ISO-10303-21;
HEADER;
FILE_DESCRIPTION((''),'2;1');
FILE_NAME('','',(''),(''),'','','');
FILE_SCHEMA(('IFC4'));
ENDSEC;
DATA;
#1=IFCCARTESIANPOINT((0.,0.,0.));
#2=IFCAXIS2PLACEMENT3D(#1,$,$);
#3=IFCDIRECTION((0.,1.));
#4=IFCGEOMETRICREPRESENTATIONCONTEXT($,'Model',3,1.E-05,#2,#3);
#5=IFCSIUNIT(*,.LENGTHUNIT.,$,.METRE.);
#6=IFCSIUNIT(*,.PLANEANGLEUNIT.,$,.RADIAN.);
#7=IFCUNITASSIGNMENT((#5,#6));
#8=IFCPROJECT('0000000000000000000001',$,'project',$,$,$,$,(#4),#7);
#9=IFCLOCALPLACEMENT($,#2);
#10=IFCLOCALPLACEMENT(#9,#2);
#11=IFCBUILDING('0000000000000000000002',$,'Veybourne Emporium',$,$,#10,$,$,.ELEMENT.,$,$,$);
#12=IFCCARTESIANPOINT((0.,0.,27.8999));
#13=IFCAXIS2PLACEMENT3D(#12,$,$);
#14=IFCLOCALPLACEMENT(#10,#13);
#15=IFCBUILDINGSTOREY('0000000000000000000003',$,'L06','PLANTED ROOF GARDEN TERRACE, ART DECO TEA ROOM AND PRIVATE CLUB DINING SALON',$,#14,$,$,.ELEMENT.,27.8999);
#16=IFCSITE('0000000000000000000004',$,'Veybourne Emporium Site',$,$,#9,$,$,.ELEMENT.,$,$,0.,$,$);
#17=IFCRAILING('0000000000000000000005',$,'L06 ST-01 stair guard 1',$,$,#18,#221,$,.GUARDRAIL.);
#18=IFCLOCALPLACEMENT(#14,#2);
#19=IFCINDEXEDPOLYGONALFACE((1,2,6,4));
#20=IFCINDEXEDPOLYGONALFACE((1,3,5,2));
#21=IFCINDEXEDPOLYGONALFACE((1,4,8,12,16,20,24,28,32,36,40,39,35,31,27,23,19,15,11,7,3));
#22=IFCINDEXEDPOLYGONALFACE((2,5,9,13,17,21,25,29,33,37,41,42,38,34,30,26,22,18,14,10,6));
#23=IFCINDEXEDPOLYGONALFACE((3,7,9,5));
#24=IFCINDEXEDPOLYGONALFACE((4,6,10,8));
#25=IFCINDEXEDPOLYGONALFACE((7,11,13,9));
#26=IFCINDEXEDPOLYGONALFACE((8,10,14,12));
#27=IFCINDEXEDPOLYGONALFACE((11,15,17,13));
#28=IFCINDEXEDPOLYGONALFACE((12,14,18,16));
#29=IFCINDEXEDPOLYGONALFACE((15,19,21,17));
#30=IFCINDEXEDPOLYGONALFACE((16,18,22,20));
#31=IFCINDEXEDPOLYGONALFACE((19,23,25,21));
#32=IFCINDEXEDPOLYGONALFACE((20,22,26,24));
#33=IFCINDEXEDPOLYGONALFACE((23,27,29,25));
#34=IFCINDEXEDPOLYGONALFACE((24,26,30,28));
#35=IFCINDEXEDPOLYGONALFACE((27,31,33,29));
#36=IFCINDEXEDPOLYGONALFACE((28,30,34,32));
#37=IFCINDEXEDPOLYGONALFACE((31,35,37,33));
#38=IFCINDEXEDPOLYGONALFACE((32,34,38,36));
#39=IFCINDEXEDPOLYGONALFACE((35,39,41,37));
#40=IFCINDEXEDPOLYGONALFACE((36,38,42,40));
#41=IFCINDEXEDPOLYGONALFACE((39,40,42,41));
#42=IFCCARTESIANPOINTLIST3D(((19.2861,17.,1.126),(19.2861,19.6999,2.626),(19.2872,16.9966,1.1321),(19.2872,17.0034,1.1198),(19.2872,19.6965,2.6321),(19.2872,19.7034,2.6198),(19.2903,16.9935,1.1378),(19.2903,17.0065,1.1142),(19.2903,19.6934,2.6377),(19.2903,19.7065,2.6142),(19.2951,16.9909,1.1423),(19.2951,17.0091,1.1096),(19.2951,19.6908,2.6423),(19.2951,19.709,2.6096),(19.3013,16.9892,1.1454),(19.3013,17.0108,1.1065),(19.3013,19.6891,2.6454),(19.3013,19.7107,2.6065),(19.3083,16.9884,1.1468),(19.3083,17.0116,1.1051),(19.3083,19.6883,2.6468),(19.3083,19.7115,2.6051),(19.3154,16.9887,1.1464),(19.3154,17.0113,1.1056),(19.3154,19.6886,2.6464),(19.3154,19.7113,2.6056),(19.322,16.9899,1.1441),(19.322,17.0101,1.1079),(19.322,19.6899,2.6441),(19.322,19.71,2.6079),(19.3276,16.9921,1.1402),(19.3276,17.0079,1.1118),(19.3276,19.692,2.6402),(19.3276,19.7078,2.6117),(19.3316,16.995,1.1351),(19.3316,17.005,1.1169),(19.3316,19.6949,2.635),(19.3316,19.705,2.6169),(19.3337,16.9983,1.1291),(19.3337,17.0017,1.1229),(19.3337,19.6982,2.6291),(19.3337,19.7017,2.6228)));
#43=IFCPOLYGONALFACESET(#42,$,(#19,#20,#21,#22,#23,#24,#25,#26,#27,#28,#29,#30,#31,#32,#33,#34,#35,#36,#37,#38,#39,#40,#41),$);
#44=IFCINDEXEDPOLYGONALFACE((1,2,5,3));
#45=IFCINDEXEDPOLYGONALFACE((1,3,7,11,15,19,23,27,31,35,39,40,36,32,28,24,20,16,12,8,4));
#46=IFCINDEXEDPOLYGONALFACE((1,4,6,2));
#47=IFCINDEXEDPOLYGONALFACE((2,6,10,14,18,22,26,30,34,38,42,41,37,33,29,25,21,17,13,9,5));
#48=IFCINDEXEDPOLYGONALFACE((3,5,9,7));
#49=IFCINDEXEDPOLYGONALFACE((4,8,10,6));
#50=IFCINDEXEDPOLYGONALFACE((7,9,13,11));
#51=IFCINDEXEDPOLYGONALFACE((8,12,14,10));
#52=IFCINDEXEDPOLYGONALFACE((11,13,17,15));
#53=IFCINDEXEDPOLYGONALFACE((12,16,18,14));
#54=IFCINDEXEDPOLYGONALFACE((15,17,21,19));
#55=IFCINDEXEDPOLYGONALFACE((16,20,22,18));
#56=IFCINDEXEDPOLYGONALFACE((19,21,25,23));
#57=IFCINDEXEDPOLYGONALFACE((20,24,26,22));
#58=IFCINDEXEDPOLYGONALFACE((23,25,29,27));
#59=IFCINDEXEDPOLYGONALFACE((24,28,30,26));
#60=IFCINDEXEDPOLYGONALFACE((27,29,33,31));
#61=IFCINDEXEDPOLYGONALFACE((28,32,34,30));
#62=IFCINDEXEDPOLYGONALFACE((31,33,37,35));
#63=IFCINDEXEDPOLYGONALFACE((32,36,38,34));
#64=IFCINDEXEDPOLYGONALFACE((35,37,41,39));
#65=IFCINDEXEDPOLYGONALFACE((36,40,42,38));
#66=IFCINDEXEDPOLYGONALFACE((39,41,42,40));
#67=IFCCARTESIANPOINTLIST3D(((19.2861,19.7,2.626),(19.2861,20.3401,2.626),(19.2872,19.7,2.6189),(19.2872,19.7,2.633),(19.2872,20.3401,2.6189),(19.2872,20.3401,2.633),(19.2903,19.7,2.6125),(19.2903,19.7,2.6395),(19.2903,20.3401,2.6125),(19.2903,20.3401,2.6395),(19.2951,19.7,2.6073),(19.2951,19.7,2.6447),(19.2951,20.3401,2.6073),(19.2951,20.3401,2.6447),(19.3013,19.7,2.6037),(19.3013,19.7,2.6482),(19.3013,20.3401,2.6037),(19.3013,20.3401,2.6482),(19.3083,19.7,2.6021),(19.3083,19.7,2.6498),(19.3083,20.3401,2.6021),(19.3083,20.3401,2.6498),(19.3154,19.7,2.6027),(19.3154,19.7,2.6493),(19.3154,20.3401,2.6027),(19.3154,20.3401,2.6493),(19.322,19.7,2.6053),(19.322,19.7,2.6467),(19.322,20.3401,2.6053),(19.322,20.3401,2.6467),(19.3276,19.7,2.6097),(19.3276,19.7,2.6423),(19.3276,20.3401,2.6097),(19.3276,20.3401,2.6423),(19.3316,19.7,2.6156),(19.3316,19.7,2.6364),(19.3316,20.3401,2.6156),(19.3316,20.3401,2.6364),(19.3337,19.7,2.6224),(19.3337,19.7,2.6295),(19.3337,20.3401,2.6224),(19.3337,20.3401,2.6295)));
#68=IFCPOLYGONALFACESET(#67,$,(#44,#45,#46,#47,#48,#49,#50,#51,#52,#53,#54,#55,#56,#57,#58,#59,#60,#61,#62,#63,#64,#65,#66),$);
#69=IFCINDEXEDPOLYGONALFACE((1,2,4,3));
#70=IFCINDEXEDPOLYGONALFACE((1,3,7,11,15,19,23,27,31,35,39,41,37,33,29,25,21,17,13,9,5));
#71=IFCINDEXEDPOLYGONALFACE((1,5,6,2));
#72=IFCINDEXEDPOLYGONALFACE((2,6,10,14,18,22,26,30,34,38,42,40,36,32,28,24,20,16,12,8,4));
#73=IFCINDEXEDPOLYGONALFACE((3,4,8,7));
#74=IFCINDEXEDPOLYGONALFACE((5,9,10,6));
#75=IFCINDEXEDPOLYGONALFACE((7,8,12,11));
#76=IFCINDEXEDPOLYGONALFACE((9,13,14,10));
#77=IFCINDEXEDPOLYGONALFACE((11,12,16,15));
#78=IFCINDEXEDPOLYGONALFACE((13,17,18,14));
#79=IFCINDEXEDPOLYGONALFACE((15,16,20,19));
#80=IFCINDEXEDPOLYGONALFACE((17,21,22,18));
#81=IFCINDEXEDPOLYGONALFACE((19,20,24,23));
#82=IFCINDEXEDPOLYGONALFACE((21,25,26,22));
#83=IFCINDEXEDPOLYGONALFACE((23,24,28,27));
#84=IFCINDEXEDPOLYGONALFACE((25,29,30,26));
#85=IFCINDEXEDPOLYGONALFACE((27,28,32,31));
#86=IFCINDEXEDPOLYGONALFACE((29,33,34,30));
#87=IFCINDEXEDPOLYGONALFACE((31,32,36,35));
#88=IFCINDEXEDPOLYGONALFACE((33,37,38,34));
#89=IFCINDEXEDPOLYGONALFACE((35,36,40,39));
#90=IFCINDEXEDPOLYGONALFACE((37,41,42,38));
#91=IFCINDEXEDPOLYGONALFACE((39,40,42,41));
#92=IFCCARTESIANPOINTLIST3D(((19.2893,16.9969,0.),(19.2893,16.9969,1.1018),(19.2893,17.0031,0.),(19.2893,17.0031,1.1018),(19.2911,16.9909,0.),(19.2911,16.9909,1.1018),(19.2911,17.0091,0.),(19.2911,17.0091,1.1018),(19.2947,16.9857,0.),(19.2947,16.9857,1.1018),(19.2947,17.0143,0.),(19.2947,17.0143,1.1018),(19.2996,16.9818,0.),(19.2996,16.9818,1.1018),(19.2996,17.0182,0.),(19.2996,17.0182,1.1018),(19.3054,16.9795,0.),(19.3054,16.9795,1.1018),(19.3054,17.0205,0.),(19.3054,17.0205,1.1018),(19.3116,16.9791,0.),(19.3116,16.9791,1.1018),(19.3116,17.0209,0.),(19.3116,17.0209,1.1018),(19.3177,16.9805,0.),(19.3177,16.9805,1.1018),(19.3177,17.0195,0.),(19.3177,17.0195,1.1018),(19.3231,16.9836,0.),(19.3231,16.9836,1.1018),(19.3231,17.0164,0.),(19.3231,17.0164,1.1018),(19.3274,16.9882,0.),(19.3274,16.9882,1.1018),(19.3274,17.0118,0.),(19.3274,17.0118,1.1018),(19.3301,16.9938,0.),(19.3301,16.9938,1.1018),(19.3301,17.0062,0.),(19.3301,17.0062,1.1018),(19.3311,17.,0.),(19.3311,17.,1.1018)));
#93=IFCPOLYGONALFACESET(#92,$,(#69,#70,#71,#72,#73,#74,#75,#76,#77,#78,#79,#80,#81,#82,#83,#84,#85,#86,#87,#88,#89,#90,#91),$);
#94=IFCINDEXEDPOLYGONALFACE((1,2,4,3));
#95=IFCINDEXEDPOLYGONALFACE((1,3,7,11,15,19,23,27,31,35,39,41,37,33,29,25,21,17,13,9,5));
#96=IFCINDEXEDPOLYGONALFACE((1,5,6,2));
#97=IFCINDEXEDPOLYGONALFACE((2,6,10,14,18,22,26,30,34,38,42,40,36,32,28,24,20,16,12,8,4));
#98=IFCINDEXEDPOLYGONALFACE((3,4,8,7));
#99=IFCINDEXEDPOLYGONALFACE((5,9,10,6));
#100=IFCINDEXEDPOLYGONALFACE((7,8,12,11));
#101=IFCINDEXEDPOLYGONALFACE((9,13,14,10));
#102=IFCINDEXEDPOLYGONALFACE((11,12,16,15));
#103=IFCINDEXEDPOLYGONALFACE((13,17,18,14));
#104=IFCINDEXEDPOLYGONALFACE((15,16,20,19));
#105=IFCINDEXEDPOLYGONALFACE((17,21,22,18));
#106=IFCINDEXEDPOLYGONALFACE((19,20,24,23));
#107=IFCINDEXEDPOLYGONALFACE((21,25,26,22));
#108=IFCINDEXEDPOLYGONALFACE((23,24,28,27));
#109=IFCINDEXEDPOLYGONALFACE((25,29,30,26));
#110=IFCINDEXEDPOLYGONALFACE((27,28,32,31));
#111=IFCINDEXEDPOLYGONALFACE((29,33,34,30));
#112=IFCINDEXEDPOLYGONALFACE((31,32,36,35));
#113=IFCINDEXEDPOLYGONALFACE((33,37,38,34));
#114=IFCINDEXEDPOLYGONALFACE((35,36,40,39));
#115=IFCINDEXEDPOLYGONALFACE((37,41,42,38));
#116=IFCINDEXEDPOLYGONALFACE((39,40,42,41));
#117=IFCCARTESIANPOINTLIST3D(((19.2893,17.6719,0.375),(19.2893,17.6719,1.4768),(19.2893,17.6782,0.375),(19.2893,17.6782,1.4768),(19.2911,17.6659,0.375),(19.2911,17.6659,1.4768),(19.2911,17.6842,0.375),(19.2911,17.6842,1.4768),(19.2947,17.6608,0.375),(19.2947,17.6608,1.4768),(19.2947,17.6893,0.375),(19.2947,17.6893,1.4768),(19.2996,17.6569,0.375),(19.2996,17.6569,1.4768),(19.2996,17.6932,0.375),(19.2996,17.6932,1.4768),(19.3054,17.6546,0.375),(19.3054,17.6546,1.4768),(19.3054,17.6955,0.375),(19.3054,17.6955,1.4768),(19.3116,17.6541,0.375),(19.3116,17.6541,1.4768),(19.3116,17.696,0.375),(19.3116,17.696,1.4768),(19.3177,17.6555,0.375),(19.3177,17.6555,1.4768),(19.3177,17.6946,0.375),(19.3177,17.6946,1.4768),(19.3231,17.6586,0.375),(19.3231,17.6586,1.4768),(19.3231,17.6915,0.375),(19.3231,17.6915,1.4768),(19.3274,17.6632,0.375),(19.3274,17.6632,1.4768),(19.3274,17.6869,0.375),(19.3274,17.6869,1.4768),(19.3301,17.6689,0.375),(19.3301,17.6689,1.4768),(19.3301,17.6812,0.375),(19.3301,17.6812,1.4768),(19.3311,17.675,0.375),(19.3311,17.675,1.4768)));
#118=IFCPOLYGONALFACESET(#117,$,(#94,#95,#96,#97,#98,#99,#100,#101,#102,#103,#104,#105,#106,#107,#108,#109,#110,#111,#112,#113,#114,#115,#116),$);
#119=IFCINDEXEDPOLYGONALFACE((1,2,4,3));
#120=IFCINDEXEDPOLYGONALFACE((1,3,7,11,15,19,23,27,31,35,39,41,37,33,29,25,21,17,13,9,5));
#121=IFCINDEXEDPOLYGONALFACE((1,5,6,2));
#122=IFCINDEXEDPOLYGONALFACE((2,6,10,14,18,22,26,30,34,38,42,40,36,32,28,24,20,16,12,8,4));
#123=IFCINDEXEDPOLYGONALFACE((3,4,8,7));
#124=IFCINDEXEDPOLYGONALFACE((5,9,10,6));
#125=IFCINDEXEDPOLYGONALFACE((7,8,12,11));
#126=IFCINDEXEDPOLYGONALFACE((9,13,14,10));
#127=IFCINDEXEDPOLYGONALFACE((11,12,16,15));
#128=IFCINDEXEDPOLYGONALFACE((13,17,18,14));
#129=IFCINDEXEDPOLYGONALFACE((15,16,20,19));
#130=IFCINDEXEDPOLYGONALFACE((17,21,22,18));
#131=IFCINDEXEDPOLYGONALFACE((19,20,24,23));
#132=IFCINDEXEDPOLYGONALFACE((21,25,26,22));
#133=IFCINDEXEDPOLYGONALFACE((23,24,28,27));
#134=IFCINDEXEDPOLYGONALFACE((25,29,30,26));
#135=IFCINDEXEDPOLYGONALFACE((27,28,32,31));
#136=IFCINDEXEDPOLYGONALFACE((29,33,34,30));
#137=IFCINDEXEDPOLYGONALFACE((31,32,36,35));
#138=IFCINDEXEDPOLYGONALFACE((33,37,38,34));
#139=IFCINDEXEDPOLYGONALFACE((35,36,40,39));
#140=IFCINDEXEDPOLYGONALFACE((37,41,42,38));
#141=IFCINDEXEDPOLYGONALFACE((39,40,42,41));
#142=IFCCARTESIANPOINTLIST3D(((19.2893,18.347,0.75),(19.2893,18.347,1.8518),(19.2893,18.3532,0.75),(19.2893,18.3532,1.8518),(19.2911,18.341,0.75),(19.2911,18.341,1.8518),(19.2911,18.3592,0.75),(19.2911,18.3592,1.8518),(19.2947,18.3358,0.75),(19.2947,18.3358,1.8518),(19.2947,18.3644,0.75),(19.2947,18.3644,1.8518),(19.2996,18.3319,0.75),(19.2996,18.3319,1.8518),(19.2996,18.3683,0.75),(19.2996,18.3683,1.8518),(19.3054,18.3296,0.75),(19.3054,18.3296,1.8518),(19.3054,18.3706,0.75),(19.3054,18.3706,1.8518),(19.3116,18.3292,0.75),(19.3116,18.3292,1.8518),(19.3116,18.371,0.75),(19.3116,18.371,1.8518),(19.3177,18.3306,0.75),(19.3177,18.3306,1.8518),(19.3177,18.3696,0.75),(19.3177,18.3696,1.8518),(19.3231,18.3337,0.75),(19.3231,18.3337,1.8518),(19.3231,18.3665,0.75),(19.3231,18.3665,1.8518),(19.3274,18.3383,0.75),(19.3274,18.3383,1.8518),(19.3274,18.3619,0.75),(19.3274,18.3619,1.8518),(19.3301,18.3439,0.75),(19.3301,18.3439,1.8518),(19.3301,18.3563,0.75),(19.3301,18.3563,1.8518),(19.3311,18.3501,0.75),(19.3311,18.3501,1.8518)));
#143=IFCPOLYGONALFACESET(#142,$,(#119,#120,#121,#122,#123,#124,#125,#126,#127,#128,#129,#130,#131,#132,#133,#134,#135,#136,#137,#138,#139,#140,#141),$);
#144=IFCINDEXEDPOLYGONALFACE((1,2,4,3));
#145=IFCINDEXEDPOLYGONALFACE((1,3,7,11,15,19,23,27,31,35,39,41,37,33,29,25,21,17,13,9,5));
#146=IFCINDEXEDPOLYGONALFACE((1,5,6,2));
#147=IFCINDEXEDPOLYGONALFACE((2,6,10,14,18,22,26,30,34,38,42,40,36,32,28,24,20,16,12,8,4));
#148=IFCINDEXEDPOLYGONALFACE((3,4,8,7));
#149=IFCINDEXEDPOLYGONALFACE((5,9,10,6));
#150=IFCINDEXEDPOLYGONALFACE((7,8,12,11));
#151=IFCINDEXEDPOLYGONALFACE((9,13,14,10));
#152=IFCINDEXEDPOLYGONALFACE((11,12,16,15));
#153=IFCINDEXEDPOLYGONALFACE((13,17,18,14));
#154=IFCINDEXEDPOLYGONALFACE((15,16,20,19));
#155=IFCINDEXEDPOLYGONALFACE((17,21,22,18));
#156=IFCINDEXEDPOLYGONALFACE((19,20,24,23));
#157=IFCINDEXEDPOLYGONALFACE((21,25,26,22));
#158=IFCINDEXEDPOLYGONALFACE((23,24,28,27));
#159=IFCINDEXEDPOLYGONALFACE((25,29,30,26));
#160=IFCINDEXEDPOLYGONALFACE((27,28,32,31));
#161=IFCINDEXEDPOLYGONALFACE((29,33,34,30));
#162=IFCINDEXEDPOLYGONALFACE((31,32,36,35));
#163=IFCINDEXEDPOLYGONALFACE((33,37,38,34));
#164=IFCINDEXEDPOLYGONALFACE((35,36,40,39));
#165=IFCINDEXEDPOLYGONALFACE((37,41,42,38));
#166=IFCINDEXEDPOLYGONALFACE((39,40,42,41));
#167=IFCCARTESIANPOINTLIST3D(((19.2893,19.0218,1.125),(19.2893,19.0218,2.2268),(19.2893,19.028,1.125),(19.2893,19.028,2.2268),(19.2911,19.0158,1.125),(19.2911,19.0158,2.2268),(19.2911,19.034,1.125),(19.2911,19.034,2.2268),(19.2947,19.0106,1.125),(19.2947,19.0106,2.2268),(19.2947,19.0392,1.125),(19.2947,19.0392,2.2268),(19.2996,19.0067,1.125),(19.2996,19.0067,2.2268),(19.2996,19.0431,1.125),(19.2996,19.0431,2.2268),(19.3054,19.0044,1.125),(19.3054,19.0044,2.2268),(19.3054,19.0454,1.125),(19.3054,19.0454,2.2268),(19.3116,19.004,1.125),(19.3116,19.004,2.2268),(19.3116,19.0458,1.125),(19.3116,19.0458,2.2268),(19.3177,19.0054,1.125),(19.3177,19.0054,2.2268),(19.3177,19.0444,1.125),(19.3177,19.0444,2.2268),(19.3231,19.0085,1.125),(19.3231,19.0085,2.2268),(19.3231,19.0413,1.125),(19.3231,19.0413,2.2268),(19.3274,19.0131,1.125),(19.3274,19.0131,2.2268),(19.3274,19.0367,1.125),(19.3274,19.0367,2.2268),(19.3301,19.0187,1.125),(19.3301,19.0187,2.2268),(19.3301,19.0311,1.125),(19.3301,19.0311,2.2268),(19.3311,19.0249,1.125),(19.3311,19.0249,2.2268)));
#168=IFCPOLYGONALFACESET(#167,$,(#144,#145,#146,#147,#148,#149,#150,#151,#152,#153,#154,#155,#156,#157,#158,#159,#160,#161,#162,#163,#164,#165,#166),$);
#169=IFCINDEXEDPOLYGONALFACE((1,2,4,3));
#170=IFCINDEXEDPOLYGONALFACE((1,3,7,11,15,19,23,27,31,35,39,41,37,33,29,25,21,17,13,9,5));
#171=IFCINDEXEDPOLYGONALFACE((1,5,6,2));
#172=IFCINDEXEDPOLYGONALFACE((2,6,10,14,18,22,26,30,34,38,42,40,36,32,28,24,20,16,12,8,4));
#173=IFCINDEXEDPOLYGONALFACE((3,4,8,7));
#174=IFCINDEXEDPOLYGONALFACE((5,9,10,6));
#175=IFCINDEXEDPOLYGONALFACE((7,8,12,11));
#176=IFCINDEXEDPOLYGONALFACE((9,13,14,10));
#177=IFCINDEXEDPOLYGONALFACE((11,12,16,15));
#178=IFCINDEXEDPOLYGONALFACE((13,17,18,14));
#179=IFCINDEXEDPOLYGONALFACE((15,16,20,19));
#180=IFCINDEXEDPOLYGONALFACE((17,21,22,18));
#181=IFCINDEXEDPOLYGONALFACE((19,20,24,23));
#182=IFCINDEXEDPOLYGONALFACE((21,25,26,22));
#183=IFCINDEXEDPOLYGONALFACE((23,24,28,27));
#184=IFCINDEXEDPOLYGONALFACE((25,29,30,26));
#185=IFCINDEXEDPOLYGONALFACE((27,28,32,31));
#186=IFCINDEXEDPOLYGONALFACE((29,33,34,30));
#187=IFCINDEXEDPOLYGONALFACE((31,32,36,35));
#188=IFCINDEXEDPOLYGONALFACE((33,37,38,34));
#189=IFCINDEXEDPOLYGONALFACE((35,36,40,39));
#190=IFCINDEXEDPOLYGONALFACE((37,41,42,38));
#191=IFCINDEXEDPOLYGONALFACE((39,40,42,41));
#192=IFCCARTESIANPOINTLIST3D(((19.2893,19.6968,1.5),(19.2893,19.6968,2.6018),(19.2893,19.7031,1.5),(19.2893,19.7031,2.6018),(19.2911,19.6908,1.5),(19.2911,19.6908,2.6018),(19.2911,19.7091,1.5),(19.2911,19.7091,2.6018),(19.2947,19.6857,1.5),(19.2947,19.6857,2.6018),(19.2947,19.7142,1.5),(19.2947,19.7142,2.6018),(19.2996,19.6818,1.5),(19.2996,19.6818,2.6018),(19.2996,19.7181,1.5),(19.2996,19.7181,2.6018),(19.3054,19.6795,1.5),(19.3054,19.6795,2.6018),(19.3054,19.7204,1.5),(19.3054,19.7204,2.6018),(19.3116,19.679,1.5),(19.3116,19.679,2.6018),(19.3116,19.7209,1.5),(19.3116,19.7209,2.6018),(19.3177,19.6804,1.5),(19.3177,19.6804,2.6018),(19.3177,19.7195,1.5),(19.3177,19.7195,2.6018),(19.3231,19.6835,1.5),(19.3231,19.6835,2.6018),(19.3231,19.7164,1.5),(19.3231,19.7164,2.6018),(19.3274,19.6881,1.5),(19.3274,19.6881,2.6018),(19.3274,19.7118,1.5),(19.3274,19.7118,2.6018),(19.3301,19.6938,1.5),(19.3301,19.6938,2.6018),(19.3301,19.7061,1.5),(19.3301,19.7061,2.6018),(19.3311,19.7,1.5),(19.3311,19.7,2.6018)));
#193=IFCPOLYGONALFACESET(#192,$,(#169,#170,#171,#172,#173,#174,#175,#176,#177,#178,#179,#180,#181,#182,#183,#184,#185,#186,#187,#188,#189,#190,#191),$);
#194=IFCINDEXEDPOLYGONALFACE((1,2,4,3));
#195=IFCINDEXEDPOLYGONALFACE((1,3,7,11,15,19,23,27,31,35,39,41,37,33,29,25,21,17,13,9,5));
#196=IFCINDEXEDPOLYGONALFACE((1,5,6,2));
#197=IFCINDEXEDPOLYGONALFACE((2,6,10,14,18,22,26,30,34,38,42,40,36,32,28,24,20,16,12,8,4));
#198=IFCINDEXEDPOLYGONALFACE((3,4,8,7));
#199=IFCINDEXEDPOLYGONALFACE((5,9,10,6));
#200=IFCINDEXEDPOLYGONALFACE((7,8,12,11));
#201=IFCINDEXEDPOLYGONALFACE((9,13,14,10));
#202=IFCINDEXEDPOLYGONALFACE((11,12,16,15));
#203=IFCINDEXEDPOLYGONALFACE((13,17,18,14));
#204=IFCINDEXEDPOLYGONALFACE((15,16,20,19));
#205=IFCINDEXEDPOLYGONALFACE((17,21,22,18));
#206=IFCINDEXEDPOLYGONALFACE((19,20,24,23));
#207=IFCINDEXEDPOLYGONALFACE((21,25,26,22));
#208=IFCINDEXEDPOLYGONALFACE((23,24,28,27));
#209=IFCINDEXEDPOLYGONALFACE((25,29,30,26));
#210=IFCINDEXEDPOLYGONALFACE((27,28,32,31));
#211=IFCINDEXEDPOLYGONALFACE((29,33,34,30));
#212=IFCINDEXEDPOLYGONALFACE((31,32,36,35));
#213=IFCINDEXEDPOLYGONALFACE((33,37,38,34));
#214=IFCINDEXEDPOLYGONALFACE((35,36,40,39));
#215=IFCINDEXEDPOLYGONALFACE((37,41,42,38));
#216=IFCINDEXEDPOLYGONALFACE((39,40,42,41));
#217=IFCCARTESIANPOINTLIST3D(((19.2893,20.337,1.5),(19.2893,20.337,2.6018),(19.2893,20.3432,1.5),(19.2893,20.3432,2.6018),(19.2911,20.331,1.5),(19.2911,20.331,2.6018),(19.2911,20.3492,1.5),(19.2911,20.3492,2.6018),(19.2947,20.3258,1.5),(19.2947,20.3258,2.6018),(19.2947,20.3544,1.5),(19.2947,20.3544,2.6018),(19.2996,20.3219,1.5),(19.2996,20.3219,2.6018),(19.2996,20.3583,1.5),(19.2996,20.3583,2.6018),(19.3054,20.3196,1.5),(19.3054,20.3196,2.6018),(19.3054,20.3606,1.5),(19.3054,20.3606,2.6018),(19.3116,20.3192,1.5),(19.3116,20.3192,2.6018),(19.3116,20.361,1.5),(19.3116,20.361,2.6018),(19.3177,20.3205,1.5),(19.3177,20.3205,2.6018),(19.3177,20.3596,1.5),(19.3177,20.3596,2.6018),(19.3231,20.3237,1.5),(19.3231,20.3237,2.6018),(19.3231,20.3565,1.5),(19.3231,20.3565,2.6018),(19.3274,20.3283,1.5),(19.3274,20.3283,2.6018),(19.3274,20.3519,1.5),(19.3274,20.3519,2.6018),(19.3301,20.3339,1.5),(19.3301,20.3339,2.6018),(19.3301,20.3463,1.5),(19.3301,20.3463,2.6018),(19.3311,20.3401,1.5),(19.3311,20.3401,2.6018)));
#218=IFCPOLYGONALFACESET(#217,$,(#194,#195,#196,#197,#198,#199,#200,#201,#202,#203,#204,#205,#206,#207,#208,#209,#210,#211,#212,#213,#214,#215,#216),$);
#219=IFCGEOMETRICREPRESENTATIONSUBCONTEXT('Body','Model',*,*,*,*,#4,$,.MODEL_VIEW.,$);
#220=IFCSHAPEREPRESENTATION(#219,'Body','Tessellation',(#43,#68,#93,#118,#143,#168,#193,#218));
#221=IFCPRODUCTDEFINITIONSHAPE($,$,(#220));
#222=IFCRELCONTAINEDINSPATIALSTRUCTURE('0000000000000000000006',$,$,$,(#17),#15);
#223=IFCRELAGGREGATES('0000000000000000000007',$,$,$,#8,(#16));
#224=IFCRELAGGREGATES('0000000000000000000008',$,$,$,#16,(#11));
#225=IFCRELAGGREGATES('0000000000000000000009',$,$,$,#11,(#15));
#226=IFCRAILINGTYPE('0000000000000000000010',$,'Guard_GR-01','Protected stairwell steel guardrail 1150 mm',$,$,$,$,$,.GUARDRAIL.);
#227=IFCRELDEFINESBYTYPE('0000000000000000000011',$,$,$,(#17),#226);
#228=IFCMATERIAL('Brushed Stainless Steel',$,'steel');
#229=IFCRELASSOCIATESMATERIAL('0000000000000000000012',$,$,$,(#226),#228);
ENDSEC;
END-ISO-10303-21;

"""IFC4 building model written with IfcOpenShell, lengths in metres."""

from ifc_helpers import new_model, si_unit, direction, frame, origin, origin_2d, place, context, subcontext, project, spatial, circle, extrude, material, type_object, element, save


model = new_model("IFC4")

# Units and contexts
model_context = context("Model", 3, precision=1e-05, world=origin(), true_north=direction((0.0, 1.0)))
body_context = subcontext(model_context, "Body", "Model", "MODEL_VIEW")
ifc_project = project(units=[si_unit("LENGTHUNIT", "METRE"), si_unit("PLANEANGLEUNIT", "RADIAN")], contexts=[model_context])

# Site, building, storey
site_placement = place(None, origin())
site = spatial("IfcSite", under=ifc_project, at=site_placement, Name="Veybourne Emporium Site", CompositionType="ELEMENT", RefElevation=0.0)
building_placement = place(site_placement, origin())
building = spatial("IfcBuilding", under=site, at=building_placement, Name="Veybourne Emporium", CompositionType="ELEMENT")
storey_placement = place(building_placement, frame((0.0, 0.0, 27.8999)))
storey = spatial("IfcBuildingStorey", under=building, at=storey_placement, Name="L06", Description="PLANTED ROOF GARDEN TERRACE, ART DECO TEA ROOM AND PRIVATE CLUB DINING SALON", CompositionType="ELEMENT", Elevation=27.8999)

# Railing
ifc_material_1 = material(Name="Brushed Stainless Steel", Category="steel")
railing_type_1 = type_object("IfcRailingType", Name="Guard_GR-01", Description="Protected stairwell steel guardrail 1150 mm", PredefinedType="GUARDRAIL", material=ifc_material_1)
railing_1_placement = place(storey_placement, frame((19.3101, 17.0, 0.0)))
element("IfcRailing", 1, at=railing_1_placement, inside=storey, type_object=railing_type_1, Name="L06 ST-01 stair guard 1", PredefinedType="GUARDRAIL", context=body_context, shape_type="SweptSolid", body=[
    extrude(circle(Radius=0.0239, at=origin_2d()), frame((0.0, 0.0, 1.126), z_axis=(0.0, 0.874154, 0.48565), x_axis=(-1.0, 0.0, 0.0)), (0.0, 0.0, 1.0), 3.0886),
    extrude(circle(Radius=0.0239, at=origin_2d()), frame((0.0, 2.7, 2.626), z_axis=(0.0, 1.0, 0.0), x_axis=(-1.0, 0.0, 0.0)), (0.0, 0.0, 1.0), 0.6401),
    extrude(circle(Radius=0.021, at=origin_2d()), origin(), (0.0, 0.0, 1.0), 1.1018),
    extrude(circle(Radius=0.021, at=origin_2d()), frame((0.0, 0.675, 0.375)), (0.0, 0.0, 1.0), 1.1018),
    extrude(circle(Radius=0.021, at=origin_2d()), frame((0.0, 1.3501, 0.75)), (0.0, 0.0, 1.0), 1.1018),
    extrude(circle(Radius=0.021, at=origin_2d()), frame((0.0, 2.0249, 1.125)), (0.0, 0.0, 1.0), 1.1018),
    extrude(circle(Radius=0.021, at=origin_2d()), frame((0.0, 2.7, 1.5)), (0.0, 0.0, 1.0), 1.1018),
    extrude(circle(Radius=0.021, at=origin_2d()), frame((0.0, 3.3401, 1.5)), (0.0, 0.0, 1.0), 1.1018),
])

save(model, "model.ifc")
